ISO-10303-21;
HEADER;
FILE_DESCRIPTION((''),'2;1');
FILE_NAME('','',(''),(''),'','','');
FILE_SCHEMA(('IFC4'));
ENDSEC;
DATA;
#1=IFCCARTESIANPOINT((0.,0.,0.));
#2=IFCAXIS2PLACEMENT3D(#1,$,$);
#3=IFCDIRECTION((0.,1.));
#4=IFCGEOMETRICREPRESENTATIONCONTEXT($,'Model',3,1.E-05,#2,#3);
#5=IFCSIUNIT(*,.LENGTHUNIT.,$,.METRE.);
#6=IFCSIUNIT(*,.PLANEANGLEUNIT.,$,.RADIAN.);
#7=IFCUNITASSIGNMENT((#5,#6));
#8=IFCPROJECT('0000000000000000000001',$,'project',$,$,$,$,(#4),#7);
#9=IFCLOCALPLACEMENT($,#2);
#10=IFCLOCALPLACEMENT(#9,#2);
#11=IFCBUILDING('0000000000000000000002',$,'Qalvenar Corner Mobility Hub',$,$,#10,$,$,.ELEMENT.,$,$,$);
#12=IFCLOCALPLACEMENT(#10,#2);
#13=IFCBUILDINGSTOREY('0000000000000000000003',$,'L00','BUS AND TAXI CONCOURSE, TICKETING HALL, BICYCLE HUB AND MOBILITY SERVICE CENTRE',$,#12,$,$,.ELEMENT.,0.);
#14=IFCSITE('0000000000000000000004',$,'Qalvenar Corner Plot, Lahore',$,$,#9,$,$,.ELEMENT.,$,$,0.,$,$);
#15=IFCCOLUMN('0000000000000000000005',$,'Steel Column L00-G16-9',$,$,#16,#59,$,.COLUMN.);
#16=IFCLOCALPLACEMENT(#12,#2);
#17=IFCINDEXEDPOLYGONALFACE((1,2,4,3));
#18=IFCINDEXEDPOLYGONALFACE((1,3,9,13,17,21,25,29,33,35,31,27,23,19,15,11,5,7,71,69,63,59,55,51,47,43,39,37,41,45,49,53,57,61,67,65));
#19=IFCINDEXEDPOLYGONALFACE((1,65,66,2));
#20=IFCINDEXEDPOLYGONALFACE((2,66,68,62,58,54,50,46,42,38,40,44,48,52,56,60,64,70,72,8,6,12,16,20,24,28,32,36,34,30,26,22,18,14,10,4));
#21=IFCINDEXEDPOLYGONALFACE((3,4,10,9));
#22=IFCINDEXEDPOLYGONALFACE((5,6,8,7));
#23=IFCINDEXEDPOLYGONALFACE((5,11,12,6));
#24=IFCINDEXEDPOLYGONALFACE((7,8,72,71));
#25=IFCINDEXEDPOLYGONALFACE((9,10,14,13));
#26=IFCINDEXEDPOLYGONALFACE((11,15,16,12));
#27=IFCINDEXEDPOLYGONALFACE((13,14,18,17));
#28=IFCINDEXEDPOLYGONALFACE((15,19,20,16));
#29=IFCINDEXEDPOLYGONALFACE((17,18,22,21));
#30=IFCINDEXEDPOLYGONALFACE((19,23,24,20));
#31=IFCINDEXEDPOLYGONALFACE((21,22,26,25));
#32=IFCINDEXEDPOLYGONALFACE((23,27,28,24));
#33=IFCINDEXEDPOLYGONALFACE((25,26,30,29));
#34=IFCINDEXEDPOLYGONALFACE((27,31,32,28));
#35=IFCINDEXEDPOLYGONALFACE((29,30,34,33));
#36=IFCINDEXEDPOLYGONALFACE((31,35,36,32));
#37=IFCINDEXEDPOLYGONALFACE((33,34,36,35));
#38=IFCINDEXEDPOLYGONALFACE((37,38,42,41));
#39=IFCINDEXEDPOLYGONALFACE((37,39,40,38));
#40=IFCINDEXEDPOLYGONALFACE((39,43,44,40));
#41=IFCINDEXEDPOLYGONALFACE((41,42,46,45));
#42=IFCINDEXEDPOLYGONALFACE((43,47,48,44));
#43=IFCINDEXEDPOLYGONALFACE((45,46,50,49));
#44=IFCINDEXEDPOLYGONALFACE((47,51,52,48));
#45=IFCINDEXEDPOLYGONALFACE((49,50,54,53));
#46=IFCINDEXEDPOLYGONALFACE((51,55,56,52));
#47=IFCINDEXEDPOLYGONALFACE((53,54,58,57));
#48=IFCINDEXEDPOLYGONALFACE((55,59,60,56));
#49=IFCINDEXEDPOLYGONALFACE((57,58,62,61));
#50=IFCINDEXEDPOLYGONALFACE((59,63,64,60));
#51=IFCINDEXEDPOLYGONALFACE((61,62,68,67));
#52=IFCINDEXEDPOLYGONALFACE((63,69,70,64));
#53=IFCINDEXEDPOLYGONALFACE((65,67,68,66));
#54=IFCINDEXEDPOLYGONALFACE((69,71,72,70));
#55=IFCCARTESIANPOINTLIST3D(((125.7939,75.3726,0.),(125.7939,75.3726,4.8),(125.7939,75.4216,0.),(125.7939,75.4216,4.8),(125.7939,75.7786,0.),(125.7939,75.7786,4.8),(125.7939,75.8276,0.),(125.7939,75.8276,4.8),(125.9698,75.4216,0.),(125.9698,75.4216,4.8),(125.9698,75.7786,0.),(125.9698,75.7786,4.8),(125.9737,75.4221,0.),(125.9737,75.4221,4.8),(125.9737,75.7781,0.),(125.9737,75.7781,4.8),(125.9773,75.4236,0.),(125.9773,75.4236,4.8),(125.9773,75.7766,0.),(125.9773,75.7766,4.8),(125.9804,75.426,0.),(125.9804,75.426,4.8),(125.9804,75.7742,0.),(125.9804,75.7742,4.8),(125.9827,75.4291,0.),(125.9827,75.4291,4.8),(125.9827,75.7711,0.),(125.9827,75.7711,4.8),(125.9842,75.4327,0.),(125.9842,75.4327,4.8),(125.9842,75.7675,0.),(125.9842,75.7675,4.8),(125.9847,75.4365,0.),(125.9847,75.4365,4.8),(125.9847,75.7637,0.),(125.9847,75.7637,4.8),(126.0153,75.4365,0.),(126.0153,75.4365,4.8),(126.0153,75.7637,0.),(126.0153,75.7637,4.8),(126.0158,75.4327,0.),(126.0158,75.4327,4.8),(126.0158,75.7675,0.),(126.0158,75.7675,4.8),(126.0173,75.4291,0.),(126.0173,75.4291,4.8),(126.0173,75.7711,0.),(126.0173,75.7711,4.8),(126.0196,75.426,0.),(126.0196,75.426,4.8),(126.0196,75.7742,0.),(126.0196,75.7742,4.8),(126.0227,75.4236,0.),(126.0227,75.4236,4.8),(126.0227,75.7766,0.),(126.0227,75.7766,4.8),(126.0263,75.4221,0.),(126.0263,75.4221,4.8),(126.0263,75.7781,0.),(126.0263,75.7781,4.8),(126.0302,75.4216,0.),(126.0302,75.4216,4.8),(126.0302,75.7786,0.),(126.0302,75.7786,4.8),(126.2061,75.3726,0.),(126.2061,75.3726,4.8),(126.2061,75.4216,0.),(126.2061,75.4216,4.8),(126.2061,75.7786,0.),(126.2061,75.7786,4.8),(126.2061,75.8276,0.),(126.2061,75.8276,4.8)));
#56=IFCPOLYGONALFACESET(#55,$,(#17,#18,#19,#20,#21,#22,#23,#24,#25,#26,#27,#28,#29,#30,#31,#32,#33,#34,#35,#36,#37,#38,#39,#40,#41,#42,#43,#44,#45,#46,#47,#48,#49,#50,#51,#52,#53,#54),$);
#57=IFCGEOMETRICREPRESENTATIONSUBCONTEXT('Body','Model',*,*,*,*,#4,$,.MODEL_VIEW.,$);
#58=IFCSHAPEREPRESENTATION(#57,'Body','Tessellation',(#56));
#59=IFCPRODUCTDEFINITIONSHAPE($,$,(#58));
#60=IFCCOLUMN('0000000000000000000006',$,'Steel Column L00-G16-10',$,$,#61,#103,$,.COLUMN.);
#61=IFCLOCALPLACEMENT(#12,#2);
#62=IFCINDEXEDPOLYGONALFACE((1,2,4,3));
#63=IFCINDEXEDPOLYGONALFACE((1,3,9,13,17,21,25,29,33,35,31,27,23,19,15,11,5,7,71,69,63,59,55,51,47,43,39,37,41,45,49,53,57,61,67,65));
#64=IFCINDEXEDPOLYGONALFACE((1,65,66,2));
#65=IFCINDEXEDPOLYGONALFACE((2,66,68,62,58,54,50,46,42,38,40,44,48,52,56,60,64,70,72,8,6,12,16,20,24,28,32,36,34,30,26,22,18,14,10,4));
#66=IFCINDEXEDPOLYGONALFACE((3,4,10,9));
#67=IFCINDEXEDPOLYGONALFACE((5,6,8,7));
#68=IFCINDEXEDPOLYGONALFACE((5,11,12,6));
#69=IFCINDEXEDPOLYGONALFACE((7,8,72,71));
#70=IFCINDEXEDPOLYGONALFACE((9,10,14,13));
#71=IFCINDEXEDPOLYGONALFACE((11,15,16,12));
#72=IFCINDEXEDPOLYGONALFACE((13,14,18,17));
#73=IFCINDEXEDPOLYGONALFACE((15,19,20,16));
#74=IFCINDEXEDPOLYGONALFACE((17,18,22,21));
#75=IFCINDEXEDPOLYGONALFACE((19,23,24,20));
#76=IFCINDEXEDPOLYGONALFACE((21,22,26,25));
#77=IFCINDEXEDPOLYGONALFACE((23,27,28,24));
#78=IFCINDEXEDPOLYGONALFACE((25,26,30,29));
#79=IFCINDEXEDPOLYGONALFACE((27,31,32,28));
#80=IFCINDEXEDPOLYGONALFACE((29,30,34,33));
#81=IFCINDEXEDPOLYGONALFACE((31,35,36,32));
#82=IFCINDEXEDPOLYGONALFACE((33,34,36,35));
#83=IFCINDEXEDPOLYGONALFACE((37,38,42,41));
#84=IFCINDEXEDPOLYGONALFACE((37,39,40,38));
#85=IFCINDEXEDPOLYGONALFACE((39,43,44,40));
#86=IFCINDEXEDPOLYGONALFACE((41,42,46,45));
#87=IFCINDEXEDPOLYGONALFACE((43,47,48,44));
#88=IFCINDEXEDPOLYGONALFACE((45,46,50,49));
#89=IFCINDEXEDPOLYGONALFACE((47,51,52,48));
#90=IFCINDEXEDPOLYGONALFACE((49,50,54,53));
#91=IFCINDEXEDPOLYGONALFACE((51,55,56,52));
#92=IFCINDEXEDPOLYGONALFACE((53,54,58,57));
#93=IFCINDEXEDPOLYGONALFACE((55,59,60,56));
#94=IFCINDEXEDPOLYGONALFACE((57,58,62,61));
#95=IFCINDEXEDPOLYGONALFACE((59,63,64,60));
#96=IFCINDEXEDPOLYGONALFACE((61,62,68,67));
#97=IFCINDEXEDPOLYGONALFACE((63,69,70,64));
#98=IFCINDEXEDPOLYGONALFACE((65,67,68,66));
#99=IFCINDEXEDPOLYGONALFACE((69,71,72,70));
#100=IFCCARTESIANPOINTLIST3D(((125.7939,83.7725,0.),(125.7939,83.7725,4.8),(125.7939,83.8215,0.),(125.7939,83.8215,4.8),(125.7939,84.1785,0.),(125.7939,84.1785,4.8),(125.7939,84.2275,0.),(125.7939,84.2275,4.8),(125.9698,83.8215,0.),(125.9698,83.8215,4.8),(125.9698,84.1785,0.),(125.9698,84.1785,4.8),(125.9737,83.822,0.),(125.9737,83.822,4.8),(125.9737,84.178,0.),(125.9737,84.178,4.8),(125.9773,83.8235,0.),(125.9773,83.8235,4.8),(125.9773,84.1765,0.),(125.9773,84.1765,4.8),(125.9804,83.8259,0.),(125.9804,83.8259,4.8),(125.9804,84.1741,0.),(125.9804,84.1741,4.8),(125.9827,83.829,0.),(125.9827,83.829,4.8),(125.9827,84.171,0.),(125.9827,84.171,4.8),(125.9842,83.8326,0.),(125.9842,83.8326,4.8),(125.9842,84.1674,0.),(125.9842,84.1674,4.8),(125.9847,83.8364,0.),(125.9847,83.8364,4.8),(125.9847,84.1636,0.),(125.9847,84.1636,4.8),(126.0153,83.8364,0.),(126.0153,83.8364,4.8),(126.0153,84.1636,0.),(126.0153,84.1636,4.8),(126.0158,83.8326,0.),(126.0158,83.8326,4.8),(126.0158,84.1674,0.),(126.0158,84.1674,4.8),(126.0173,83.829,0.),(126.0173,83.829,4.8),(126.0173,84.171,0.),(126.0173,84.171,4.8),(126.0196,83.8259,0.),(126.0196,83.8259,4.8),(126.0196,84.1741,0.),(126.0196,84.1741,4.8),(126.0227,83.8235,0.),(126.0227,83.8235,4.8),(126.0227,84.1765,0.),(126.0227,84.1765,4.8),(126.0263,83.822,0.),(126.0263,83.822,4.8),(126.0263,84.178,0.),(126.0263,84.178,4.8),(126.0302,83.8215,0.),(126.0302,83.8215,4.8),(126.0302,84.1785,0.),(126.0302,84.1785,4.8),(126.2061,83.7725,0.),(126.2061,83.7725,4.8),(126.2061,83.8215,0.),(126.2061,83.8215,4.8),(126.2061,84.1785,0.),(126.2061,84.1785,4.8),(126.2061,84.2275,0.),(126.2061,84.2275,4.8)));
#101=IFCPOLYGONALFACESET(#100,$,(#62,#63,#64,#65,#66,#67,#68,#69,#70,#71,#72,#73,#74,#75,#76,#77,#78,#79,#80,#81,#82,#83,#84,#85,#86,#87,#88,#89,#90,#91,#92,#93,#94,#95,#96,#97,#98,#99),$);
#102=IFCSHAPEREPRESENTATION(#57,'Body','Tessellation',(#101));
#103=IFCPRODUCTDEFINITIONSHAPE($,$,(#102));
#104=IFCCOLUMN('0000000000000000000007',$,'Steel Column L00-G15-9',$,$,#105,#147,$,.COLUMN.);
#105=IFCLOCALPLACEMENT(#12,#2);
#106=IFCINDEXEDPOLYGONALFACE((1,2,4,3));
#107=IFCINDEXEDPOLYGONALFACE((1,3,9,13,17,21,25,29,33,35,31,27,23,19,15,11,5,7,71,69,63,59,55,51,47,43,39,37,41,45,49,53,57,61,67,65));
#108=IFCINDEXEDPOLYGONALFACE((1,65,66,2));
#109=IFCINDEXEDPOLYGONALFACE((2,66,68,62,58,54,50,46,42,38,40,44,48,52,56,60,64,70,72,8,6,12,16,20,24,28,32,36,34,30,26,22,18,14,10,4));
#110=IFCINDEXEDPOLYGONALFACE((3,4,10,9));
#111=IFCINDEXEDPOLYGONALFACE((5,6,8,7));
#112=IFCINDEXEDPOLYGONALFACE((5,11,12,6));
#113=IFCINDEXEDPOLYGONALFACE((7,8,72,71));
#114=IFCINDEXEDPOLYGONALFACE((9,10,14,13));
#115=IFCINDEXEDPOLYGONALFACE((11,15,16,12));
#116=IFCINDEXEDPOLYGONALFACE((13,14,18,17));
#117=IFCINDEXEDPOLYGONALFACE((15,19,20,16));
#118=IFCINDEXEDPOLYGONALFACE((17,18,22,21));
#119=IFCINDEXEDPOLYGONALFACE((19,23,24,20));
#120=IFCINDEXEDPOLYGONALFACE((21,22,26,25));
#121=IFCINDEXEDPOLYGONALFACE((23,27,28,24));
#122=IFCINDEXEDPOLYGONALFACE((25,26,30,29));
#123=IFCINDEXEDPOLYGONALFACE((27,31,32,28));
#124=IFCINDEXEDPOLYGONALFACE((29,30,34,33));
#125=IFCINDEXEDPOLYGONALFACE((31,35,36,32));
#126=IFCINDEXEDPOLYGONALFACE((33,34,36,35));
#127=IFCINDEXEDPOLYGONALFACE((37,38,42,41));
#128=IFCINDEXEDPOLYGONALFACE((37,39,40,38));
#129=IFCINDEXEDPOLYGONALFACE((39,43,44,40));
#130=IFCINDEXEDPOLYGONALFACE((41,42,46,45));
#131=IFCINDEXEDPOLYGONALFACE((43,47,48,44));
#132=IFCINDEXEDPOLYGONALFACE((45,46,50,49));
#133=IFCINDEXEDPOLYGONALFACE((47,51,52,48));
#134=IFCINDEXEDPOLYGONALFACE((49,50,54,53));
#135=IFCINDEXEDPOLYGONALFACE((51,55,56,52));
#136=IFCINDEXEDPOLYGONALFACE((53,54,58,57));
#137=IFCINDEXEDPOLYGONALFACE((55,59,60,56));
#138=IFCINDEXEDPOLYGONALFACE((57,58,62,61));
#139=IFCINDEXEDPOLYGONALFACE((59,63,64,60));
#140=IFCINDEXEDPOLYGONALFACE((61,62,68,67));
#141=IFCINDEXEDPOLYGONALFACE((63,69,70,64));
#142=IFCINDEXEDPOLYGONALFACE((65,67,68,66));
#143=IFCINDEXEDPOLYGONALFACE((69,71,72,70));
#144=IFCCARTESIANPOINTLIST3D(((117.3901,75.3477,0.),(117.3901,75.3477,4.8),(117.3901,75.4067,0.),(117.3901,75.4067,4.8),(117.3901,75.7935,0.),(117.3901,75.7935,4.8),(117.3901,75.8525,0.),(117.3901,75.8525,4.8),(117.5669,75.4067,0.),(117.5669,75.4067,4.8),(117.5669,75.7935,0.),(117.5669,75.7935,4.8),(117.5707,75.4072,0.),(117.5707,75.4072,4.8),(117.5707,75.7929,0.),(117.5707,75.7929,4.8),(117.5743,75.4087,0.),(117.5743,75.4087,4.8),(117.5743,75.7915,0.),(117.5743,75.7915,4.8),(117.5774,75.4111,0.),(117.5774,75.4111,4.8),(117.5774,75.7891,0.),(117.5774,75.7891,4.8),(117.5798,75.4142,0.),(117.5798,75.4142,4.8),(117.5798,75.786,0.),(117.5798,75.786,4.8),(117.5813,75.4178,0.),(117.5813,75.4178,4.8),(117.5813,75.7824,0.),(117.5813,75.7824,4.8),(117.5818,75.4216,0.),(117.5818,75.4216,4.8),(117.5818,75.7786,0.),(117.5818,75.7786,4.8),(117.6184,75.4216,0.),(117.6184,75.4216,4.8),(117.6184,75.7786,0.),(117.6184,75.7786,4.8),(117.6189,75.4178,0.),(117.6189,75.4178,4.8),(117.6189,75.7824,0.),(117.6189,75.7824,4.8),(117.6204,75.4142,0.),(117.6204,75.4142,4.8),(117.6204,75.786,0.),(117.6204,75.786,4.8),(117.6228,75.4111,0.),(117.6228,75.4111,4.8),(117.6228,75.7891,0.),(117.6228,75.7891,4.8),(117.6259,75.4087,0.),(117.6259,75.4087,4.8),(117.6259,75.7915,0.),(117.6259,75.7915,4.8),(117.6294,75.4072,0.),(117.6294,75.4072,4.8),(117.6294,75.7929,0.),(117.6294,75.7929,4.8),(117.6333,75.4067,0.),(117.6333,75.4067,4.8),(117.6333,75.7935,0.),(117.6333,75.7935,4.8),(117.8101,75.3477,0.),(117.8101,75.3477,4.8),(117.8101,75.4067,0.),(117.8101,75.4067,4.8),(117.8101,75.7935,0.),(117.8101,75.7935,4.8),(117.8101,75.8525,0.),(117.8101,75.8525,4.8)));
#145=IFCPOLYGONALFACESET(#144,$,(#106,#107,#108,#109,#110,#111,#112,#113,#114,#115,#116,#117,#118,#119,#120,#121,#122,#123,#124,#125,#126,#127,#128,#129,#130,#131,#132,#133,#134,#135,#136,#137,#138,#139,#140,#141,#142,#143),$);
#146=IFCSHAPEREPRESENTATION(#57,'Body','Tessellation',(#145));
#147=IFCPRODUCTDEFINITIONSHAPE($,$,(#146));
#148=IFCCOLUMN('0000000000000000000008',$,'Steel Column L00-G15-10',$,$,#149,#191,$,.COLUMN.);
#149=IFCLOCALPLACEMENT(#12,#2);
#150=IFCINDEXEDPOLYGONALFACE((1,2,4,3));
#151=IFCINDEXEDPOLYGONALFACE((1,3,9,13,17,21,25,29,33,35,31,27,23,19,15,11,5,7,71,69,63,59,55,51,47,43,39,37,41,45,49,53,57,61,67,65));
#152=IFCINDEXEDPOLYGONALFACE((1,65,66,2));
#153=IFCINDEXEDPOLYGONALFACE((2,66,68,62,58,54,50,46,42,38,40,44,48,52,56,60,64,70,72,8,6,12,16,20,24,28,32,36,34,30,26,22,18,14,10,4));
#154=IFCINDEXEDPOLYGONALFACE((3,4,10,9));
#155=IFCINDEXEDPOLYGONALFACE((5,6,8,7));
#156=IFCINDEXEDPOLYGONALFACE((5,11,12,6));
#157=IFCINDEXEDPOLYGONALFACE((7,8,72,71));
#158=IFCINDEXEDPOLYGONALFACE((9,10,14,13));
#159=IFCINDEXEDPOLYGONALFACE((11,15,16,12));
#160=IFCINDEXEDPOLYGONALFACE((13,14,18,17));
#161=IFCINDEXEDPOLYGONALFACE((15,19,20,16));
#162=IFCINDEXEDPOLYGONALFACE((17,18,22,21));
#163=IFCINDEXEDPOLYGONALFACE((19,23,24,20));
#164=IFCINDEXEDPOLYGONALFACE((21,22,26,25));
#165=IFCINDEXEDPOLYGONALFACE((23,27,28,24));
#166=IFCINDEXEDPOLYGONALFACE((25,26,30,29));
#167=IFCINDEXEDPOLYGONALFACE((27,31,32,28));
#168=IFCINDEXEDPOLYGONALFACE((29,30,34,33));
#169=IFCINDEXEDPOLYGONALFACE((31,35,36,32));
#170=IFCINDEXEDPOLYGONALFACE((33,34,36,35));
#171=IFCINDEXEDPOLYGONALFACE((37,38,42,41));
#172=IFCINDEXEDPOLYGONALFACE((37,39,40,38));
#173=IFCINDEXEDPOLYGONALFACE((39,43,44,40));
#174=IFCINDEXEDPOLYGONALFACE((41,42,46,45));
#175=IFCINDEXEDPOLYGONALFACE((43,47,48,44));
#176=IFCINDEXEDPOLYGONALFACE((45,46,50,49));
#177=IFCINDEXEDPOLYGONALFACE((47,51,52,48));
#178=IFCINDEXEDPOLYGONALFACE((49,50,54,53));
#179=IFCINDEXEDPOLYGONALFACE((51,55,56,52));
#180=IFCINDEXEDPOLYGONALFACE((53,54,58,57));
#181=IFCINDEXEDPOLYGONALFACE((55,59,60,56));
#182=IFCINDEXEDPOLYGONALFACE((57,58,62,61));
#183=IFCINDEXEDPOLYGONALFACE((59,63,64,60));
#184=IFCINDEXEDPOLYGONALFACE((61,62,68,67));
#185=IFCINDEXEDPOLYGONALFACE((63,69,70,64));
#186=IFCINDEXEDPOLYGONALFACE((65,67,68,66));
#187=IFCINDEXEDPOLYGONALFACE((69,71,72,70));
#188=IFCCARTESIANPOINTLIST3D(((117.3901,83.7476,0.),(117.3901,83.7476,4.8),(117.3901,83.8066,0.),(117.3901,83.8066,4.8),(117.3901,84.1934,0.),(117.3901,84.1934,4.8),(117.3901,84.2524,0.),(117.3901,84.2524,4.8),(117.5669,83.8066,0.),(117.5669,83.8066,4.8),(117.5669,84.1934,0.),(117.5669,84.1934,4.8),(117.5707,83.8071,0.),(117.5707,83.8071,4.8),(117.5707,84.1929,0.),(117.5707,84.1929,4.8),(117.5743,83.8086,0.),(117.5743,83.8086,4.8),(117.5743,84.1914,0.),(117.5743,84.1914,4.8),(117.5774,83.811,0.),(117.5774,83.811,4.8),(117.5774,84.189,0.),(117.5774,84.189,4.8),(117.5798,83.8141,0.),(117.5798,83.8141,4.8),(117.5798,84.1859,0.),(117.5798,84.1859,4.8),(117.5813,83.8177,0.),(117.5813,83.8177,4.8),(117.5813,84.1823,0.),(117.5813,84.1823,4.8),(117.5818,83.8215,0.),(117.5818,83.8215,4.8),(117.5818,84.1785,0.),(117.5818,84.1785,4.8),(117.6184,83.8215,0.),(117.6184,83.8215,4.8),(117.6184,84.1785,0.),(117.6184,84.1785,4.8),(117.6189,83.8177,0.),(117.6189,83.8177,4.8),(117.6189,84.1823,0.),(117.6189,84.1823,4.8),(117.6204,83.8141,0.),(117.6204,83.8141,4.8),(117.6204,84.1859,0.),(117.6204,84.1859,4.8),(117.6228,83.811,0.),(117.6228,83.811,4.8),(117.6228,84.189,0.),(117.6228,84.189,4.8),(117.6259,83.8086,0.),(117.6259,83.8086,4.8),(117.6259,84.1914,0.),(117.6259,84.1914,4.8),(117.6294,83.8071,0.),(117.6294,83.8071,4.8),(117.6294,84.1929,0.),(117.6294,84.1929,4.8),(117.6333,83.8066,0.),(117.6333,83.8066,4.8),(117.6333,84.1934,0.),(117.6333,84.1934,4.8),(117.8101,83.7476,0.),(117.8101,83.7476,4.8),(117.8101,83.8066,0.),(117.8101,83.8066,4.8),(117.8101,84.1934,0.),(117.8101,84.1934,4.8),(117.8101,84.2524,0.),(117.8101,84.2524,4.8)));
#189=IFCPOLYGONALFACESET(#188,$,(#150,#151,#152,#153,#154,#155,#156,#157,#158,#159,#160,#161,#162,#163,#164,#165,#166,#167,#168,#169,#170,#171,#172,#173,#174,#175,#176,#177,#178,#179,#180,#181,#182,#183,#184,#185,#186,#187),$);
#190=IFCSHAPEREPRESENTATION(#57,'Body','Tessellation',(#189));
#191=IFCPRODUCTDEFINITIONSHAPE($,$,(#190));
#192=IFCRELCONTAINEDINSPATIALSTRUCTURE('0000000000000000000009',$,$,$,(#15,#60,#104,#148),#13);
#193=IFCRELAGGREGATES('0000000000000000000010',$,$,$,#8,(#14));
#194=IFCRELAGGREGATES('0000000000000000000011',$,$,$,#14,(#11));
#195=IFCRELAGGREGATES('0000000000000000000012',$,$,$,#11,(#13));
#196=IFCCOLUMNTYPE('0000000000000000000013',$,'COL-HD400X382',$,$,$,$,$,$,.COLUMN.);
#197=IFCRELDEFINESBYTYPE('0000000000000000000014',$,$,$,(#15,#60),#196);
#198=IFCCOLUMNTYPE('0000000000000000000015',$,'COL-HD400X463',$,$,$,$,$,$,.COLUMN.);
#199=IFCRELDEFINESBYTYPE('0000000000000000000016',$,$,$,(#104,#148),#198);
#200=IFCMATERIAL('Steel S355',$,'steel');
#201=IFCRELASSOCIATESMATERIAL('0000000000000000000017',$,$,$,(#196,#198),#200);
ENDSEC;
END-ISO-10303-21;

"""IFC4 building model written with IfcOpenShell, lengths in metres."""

from ifc_helpers import new_model, si_unit, direction, frame, origin, origin_2d, place, context, subcontext, project, spatial, i_section, extrude, material, material_profile, profile_set, type_object, element, save


model = new_model("IFC4")

# Units and contexts
model_context = context("Model", 3, precision=1e-05, world=origin(), true_north=direction((0.0, 1.0)))
body_context = subcontext(model_context, "Body", "Model", "MODEL_VIEW")
ifc_project = project(units=[si_unit("LENGTHUNIT", "METRE"), si_unit("PLANEANGLEUNIT", "RADIAN")], contexts=[model_context])

# Site, building, storey
site_placement = place(None, origin())
site = spatial("IfcSite", under=ifc_project, at=site_placement, Name="Qalvenar Corner Plot, Lahore", CompositionType="ELEMENT", RefElevation=0.0)
building_placement = place(site_placement, origin())
building = spatial("IfcBuilding", under=site, at=building_placement, Name="Qalvenar Corner Mobility Hub", CompositionType="ELEMENT")
storey_placement = place(building_placement, origin())
storey = spatial("IfcBuildingStorey", under=building, at=storey_placement, Name="L00", Description="BUS AND TAXI CONCOURSE, TICKETING HALL, BICYCLE HUB AND MOBILITY SERVICE CENTRE", CompositionType="ELEMENT", Elevation=0.0)

# Columns
ifc_material_1 = material(Name="Steel S355", Category="steel")
ifc_material_profile_1 = material_profile(ifc_material_1, i_section(OverallWidth=0.4121, OverallDepth=0.4551, WebThickness=0.0305, FlangeThickness=0.0491, FilletRadius=0.0149, at=origin_2d()), Name="HD400x421")
ifc_profile_set_1 = profile_set([ifc_material_profile_1], Name="Steel S355")
column_type_1 = type_object("IfcColumnType", Name="COL-HD400X382", PredefinedType="COLUMN", material=ifc_profile_set_1)
for number, where, z_axis, x_axis, name in (
    (1, (126.0, 75.6001, 0.0), (0.0, 0.0, 1.0), (1.0, 0.0, 0.0), "Steel Column L00-G16-9"),
    (2, (126.0, 84.0, 0.0), (0.0, 0.0, 1.0), (1.0, 0.0, 0.0), "Steel Column L00-G16-10"),
):
    element("IfcColumn", number, at=place(storey_placement, frame(where, z_axis=z_axis, x_axis=x_axis)), inside=storey, type_object=column_type_1, Name=name, PredefinedType="COLUMN", context=body_context, shape_type="SweptSolid", body=[
        extrude(i_section(OverallWidth=0.4121, OverallDepth=0.4551, WebThickness=0.0305, FlangeThickness=0.0491, FilletRadius=0.0149, at=origin_2d()), origin(), (0.0, 0.0, 1.0), 4.8),
    ])
ifc_material_profile_2 = material_profile(ifc_material_1, i_section(OverallWidth=0.4199, OverallDepth=0.5049, WebThickness=0.0366, FlangeThickness=0.0591, FilletRadius=0.0149, at=origin_2d()), Name="HD400x551")
ifc_profile_set_2 = profile_set([ifc_material_profile_2], Name="Steel S355")
column_type_2 = type_object("IfcColumnType", Name="COL-HD400X463", PredefinedType="COLUMN", material=ifc_profile_set_2)
for number, where, z_axis, x_axis, name in (
    (3, (117.6001, 75.6001, 0.0), (0.0, 0.0, 1.0), (1.0, 0.0, 0.0), "Steel Column L00-G15-9"),
    (4, (117.6001, 84.0, 0.0), (0.0, 0.0, 1.0), (1.0, 0.0, 0.0), "Steel Column L00-G15-10"),
):
    element("IfcColumn", number, at=place(storey_placement, frame(where, z_axis=z_axis, x_axis=x_axis)), inside=storey, type_object=column_type_2, Name=name, PredefinedType="COLUMN", context=body_context, shape_type="SweptSolid", body=[
        extrude(i_section(OverallWidth=0.4199, OverallDepth=0.5049, WebThickness=0.0366, FlangeThickness=0.0591, FilletRadius=0.0149, at=origin_2d()), origin(), (0.0, 0.0, 1.0), 4.8),
    ])

save(model, "model.ifc")
